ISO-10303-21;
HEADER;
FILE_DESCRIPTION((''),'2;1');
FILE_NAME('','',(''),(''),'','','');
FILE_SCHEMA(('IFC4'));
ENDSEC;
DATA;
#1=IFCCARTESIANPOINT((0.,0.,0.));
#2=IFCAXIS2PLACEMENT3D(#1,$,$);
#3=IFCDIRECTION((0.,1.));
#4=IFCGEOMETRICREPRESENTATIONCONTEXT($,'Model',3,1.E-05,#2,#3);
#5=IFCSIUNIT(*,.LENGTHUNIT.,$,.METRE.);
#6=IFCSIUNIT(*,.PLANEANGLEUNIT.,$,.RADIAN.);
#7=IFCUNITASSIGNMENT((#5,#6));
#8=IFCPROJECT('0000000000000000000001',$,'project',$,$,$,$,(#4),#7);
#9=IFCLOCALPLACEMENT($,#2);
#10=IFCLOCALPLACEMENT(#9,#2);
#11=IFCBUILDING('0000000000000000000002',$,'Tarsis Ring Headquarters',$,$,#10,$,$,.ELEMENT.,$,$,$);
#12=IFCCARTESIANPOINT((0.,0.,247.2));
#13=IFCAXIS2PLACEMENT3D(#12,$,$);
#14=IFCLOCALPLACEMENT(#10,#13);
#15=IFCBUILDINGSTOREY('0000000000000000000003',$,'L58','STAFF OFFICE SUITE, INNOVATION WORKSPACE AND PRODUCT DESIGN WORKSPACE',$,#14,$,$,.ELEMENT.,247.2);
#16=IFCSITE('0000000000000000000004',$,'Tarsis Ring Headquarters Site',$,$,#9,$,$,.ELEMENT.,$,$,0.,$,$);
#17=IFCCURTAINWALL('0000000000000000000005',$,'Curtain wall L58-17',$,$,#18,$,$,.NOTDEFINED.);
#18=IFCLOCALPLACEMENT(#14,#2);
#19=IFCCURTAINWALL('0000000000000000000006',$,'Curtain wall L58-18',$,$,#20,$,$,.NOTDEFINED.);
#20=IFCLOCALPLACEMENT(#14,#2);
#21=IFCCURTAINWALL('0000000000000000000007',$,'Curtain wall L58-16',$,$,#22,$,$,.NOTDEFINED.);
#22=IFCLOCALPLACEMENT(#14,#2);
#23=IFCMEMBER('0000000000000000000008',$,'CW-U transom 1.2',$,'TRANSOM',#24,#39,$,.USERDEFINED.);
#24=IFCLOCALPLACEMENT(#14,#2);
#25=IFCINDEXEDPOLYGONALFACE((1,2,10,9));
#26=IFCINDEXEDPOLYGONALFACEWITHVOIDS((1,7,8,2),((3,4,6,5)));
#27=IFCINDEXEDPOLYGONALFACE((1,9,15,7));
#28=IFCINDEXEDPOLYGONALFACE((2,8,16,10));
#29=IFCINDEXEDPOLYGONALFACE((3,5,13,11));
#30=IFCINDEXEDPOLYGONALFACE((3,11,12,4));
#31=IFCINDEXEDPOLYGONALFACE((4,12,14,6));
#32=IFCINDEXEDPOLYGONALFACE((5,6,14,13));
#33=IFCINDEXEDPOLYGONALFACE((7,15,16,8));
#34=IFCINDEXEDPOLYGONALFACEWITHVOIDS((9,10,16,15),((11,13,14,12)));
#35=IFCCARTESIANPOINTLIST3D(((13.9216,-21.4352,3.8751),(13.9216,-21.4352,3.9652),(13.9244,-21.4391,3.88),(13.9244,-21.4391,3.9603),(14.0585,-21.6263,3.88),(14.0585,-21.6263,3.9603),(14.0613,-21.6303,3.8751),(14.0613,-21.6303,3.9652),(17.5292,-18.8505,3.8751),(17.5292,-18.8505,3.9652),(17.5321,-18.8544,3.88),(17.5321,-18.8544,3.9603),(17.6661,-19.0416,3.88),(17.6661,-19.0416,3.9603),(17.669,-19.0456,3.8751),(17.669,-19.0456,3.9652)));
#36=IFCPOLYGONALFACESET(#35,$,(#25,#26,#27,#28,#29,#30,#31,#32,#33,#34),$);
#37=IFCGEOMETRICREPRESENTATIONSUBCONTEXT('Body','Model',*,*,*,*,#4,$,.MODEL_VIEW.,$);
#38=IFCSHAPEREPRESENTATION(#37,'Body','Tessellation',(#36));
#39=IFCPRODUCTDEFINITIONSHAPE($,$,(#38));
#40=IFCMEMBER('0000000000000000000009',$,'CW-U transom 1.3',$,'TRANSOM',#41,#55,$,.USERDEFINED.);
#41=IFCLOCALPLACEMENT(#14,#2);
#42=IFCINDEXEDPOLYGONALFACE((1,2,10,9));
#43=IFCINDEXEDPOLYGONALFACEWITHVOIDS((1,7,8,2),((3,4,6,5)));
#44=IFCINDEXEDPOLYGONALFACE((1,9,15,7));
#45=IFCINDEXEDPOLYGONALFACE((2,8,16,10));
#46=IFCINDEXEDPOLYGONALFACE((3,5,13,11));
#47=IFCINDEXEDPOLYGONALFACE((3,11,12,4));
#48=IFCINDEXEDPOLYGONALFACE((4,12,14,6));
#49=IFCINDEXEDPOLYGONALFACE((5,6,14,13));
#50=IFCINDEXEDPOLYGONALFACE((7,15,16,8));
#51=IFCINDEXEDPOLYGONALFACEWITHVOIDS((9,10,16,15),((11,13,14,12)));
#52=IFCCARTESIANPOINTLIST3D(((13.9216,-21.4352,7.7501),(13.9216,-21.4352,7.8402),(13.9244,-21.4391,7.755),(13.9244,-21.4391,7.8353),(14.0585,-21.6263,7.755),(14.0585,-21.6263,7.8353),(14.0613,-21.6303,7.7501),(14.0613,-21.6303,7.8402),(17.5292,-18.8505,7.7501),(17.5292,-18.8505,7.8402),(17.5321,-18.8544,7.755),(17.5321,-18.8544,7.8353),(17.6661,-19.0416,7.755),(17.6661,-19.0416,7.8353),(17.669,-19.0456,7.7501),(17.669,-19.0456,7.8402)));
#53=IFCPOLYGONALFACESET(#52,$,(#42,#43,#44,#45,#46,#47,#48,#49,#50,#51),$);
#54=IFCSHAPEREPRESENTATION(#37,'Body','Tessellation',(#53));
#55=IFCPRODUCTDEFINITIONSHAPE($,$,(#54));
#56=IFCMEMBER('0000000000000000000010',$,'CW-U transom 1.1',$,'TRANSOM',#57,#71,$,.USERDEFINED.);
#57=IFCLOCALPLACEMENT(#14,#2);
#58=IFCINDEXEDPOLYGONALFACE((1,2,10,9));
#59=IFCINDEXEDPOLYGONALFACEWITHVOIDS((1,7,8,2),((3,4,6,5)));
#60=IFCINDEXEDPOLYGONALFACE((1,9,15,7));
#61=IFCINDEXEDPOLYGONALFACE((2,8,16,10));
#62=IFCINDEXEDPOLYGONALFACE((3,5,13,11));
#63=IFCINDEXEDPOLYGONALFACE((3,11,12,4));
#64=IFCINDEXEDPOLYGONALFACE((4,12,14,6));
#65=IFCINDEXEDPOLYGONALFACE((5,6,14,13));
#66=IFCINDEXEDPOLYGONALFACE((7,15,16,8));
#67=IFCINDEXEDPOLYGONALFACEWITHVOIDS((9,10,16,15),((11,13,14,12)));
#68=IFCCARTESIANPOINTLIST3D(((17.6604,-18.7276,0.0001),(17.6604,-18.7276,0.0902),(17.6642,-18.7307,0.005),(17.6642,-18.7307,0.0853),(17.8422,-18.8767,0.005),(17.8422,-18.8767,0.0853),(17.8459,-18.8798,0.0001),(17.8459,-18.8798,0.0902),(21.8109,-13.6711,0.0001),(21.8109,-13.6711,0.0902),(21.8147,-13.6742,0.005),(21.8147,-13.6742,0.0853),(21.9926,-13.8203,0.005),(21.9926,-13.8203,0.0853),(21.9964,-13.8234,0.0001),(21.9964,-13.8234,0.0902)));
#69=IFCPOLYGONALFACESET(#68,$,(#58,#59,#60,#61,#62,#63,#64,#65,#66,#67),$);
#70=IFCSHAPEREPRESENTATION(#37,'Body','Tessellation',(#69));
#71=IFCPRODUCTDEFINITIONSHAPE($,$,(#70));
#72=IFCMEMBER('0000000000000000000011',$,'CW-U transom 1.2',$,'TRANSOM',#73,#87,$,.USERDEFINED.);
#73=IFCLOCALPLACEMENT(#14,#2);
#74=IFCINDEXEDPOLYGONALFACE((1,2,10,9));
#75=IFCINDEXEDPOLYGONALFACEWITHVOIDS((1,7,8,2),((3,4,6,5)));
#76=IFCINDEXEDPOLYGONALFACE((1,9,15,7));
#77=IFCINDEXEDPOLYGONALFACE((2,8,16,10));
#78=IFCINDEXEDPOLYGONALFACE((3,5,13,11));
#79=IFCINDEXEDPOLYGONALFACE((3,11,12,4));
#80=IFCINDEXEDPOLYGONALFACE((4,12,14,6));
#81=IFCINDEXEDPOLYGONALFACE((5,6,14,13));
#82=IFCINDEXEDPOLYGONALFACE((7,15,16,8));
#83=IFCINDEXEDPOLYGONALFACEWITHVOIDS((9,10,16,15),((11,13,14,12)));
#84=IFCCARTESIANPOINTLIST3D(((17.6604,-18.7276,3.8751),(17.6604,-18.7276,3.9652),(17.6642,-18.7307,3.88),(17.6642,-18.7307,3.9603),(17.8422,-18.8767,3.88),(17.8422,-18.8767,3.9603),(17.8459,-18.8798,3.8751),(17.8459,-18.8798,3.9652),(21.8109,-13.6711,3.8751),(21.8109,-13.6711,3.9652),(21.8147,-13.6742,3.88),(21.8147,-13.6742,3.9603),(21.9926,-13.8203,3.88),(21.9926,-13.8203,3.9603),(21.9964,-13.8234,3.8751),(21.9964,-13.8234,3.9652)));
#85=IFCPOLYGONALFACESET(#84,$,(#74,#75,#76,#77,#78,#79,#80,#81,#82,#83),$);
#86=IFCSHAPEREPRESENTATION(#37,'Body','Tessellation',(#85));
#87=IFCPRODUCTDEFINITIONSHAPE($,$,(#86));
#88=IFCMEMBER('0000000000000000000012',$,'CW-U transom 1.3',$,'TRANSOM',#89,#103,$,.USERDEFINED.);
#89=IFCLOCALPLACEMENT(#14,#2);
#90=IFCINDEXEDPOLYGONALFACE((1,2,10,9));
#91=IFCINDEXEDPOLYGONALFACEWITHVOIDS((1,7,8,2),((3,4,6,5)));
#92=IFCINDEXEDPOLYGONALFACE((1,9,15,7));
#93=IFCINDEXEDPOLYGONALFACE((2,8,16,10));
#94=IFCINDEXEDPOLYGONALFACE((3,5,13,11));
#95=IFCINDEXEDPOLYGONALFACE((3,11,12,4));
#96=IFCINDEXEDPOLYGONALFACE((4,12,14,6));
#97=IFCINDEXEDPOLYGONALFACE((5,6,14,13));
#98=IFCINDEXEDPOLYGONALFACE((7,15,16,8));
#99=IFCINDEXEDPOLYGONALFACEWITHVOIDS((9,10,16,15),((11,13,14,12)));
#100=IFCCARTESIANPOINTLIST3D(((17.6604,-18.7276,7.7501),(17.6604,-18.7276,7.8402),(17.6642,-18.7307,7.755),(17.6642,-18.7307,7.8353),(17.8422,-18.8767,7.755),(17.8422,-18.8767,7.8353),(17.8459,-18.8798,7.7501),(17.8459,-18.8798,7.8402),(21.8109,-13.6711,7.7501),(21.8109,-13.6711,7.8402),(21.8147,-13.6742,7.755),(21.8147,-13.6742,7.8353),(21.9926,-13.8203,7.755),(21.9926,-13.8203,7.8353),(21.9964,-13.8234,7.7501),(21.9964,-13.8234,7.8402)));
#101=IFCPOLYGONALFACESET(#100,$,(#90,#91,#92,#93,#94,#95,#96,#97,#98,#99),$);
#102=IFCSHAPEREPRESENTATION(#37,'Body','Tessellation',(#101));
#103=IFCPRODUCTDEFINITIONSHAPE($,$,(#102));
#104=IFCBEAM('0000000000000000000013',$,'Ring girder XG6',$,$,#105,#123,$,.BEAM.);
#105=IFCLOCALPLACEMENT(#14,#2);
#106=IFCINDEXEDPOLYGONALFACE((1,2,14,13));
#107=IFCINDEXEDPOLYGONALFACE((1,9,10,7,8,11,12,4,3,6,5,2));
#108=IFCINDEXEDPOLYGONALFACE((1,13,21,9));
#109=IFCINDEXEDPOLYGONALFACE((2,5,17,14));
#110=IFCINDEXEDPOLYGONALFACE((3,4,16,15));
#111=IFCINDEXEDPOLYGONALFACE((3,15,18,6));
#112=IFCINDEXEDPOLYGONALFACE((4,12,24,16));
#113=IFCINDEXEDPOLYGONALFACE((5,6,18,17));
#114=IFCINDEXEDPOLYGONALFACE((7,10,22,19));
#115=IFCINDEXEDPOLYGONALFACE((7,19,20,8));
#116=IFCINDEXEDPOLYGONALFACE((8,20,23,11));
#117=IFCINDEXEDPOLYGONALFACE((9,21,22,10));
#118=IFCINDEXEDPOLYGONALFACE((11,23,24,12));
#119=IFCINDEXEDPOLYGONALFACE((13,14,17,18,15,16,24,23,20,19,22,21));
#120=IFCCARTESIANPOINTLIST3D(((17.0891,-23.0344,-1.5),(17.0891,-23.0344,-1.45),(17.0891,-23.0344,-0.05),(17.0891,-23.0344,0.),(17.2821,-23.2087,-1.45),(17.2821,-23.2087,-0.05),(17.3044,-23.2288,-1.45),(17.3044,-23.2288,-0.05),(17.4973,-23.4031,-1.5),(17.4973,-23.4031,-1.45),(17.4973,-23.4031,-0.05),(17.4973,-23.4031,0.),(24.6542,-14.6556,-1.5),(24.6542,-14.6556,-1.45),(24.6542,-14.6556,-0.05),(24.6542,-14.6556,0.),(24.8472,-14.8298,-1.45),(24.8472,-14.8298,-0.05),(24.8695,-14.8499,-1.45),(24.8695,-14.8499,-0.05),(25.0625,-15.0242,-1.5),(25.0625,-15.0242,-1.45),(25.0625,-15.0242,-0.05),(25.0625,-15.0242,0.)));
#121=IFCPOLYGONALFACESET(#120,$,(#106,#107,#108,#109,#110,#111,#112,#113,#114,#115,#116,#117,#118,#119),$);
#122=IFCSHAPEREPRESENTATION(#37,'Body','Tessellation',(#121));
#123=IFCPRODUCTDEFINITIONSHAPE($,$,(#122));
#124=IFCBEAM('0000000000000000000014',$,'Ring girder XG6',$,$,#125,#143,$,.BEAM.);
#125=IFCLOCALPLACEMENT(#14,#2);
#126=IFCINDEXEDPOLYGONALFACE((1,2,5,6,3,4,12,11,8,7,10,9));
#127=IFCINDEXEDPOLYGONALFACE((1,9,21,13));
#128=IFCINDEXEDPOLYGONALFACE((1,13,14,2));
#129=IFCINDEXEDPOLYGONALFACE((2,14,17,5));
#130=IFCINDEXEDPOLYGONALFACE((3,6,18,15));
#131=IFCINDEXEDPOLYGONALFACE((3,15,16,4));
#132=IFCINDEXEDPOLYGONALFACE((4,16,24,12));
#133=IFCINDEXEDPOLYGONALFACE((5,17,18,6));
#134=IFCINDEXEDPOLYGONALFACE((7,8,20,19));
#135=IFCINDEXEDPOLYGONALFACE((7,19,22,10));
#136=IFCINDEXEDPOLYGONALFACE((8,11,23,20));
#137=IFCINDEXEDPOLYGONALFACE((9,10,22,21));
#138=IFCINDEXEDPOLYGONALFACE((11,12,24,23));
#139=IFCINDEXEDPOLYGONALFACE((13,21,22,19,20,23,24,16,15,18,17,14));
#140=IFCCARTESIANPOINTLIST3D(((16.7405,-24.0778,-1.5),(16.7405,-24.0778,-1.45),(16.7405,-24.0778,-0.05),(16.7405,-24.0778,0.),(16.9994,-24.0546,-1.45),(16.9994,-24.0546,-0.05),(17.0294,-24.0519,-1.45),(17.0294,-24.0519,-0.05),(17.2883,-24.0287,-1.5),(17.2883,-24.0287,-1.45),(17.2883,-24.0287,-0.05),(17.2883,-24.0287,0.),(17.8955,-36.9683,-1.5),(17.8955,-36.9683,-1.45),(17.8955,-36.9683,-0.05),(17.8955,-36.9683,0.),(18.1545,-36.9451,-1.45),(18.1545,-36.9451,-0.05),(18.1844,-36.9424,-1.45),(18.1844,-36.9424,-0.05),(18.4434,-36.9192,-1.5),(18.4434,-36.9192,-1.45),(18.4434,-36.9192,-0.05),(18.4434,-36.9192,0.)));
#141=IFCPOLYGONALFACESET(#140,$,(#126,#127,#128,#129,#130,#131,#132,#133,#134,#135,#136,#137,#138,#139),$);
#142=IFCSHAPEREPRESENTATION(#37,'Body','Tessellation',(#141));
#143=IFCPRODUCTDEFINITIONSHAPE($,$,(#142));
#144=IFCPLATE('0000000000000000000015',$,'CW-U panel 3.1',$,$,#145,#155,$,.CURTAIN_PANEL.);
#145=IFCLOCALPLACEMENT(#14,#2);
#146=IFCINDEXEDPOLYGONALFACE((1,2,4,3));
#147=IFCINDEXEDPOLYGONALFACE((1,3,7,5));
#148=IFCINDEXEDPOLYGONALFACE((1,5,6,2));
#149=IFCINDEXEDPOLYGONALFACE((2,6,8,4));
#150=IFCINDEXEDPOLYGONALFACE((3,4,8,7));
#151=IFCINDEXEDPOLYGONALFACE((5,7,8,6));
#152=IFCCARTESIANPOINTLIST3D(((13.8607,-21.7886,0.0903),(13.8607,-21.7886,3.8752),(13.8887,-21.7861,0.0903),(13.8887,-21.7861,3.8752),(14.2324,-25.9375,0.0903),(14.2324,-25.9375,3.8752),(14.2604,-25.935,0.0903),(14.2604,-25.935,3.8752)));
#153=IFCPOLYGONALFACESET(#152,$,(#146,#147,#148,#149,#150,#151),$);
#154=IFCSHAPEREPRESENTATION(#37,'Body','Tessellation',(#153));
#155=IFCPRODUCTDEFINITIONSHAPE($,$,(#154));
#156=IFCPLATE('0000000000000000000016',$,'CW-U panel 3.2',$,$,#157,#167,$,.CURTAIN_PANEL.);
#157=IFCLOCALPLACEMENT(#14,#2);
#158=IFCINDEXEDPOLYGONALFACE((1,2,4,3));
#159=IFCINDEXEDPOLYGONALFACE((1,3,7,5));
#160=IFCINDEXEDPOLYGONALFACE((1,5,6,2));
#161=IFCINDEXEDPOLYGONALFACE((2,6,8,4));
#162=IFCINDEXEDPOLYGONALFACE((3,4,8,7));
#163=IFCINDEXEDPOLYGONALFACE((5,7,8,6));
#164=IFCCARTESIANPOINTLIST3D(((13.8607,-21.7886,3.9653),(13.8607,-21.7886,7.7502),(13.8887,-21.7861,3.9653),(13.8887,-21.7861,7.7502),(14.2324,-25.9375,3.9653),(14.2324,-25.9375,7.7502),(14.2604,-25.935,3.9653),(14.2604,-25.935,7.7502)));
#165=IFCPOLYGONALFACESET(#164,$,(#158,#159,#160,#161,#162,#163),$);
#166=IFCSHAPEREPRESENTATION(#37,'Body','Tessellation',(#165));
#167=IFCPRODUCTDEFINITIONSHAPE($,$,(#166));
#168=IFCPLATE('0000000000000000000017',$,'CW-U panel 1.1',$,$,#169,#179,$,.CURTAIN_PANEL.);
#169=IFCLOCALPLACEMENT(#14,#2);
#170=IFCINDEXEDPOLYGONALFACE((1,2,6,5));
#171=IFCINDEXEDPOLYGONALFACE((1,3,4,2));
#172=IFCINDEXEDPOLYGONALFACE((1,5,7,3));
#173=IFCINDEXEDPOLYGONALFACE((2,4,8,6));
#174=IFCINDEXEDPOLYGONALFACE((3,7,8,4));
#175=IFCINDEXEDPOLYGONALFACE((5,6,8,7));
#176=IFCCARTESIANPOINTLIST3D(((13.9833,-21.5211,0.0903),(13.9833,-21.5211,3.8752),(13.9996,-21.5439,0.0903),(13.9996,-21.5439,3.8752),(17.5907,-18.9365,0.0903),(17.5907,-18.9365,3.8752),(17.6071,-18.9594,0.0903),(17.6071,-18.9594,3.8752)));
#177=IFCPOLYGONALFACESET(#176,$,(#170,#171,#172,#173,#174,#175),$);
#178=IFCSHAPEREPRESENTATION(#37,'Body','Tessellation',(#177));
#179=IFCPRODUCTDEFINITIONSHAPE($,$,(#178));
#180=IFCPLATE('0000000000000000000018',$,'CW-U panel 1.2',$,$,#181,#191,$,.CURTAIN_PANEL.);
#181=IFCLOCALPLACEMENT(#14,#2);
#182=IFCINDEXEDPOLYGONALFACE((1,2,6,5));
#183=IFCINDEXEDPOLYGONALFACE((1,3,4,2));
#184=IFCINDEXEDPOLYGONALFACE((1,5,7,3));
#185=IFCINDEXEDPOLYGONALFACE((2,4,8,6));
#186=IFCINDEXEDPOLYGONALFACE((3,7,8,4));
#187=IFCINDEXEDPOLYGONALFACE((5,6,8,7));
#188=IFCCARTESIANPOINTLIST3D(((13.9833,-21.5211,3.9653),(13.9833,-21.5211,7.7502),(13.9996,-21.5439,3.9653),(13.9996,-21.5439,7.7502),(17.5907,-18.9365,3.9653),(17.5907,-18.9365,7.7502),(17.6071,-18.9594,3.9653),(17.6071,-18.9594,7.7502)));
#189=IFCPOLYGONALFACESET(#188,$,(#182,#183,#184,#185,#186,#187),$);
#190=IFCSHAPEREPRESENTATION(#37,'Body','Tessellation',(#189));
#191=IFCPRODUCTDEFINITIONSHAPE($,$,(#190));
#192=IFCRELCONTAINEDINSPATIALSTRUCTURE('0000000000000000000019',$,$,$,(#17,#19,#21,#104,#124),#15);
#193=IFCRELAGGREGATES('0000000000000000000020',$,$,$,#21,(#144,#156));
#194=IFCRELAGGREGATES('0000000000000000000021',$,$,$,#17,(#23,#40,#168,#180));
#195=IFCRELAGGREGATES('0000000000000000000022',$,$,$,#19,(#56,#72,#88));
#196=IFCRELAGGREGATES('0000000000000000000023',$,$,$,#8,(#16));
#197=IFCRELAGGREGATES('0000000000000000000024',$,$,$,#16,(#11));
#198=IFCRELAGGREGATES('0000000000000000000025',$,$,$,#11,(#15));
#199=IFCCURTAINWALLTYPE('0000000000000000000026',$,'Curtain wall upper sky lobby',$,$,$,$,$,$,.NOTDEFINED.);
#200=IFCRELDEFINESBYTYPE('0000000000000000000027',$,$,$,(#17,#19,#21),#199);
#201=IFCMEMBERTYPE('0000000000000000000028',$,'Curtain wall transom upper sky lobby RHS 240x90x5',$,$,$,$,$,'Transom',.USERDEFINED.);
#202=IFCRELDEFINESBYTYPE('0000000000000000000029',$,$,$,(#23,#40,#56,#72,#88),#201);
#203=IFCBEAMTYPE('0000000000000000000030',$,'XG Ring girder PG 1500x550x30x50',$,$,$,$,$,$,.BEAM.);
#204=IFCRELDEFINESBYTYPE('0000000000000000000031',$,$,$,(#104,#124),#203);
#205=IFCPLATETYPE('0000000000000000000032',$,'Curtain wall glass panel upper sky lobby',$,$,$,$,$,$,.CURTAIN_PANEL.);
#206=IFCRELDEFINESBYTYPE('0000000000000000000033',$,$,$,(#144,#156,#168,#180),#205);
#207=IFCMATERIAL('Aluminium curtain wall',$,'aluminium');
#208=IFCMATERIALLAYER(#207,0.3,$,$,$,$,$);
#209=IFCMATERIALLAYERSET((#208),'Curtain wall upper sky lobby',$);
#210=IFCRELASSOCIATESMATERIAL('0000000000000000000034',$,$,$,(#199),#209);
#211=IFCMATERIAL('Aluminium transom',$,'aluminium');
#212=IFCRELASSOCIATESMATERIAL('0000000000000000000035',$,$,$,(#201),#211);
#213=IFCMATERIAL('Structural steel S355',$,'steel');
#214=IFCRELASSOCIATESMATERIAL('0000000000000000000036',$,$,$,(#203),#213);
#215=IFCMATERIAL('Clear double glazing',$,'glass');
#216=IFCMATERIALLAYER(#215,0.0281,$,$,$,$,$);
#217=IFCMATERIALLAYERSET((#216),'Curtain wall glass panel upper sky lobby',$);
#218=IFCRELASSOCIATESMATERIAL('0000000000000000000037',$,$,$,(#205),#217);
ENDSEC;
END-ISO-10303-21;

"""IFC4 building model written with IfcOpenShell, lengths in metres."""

from ifc_helpers import new_model, si_unit, direction, frame, origin, origin_2d, place, context, subcontext, project, spatial, rectangle, hollow_rectangle, i_section, extrude, material, layer, layer_set, material_profile, profile_set, type_object, element, aggregate, save


model = new_model("IFC4")

# Units and contexts
model_context = context("Model", 3, precision=1e-05, world=origin(), true_north=direction((0.0, 1.0)))
body_context = subcontext(model_context, "Body", "Model", "MODEL_VIEW")
ifc_project = project(units=[si_unit("LENGTHUNIT", "METRE"), si_unit("PLANEANGLEUNIT", "RADIAN")], contexts=[model_context])

# Site, building, storey
site_placement = place(None, origin())
site = spatial("IfcSite", under=ifc_project, at=site_placement, Name="Tarsis Ring Headquarters Site", CompositionType="ELEMENT", RefElevation=0.0)
building_placement = place(site_placement, origin())
building = spatial("IfcBuilding", under=site, at=building_placement, Name="Tarsis Ring Headquarters", CompositionType="ELEMENT")
storey_placement = place(building_placement, frame((0.0, 0.0, 247.2)))
storey = spatial("IfcBuildingStorey", under=building, at=storey_placement, Name="L58", Description="STAFF OFFICE SUITE, INNOVATION WORKSPACE AND PRODUCT DESIGN WORKSPACE", CompositionType="ELEMENT", Elevation=247.2)

# Shared definitions
ifc_material_1 = material(Name="Structural steel S355", Category="steel")

# Curtain walls
ifc_material_2 = material(Name="Aluminium curtain wall", Category="aluminium")
ifc_layer_1 = layer(ifc_material_2, 0.3)
ifc_layer_set_1 = layer_set([ifc_layer_1], Name="Curtain wall upper sky lobby")
curtain_wall_type = type_object("IfcCurtainWallType", Name="Curtain wall upper sky lobby", PredefinedType="NOTDEFINED", material=ifc_layer_set_1)
curtain_wall_1_placement = place(storey_placement, origin())
curtain_wall_1 = element("IfcCurtainWall", 1, at=curtain_wall_1_placement, inside=storey, type_object=curtain_wall_type, Name="Curtain wall L58-17", PredefinedType="NOTDEFINED")
curtain_wall_2_placement = place(storey_placement, origin())
curtain_wall_2 = element("IfcCurtainWall", 2, at=curtain_wall_2_placement, inside=storey, type_object=curtain_wall_type, Name="Curtain wall L58-18", PredefinedType="NOTDEFINED")

# Curtain wall
curtain_wall_3_placement = place(storey_placement, origin())
curtain_wall_3 = element("IfcCurtainWall", 3, at=curtain_wall_3_placement, inside=storey, type_object=curtain_wall_type, Name="Curtain wall L58-16", PredefinedType="NOTDEFINED")
ifc_material_3 = material(Name="Aluminium transom", Category="aluminium")
ifc_material_profile_1 = material_profile(ifc_material_3, hollow_rectangle(XDim=0.24, YDim=0.0901, WallThickness=0.0049, at=origin_2d()), Name="RHS 240x90x5")
ifc_profile_set_1 = profile_set([ifc_material_profile_1], Name="Aluminium transom")
member_type_1 = type_object("IfcMemberType", Name="Curtain wall transom upper sky lobby RHS 240x90x5", ElementType="Transom", PredefinedType="USERDEFINED", material=ifc_profile_set_1)

# Members
member_1_placement = place(storey_placement, frame((13.9915, -21.5327, 3.9202), z_axis=(0.8129, 0.582403, 0.0), x_axis=(-0.582403, 0.8129, 0.0)))
member_1 = element("IfcMember", 4, at=member_1_placement, type_object=member_type_1, Name="CW-U transom 1.2", ObjectType="TRANSOM", PredefinedType="USERDEFINED", context=body_context, shape_type="SweptSolid", body=[
    extrude(hollow_rectangle(XDim=0.24, YDim=0.0901, WallThickness=0.0049, at=origin_2d()), origin(), (0.0, 0.0, 1.0), 4.438),
])
member_2_placement = place(storey_placement, frame((13.9915, -21.5327, 7.7952), z_axis=(0.8129, 0.582403, 0.0), x_axis=(-0.582403, 0.8129, 0.0)))
member_2 = element("IfcMember", 5, at=member_2_placement, type_object=member_type_1, Name="CW-U transom 1.3", ObjectType="TRANSOM", PredefinedType="USERDEFINED", context=body_context, shape_type="SweptSolid", body=[
    extrude(hollow_rectangle(XDim=0.24, YDim=0.0901, WallThickness=0.0049, at=origin_2d()), origin(), (0.0, 0.0, 1.0), 4.438),
])
member_3_placement = place(storey_placement, frame((17.7532, -18.8037, 0.0452), z_axis=(0.634458, 0.772957, 0.0), x_axis=(-0.772957, 0.634458, 0.0)))
member_3 = element("IfcMember", 6, at=member_3_placement, type_object=member_type_1, Name="CW-U transom 1.1", ObjectType="TRANSOM", PredefinedType="USERDEFINED", context=body_context, shape_type="SweptSolid", body=[
    extrude(hollow_rectangle(XDim=0.24, YDim=0.0901, WallThickness=0.0049, at=origin_2d()), origin(), (0.0, 0.0, 1.0), 6.5417),
])
member_4_placement = place(storey_placement, frame((17.7532, -18.8037, 3.9202), z_axis=(0.634458, 0.772957, 0.0), x_axis=(-0.772957, 0.634458, 0.0)))
member_4 = element("IfcMember", 7, at=member_4_placement, type_object=member_type_1, Name="CW-U transom 1.2", ObjectType="TRANSOM", PredefinedType="USERDEFINED", context=body_context, shape_type="SweptSolid", body=[
    extrude(hollow_rectangle(XDim=0.24, YDim=0.0901, WallThickness=0.0049, at=origin_2d()), origin(), (0.0, 0.0, 1.0), 6.5417),
])
member_5_placement = place(storey_placement, frame((17.7532, -18.8037, 7.7952), z_axis=(0.634458, 0.772957, 0.0), x_axis=(-0.772957, 0.634458, 0.0)))
member_5 = element("IfcMember", 8, at=member_5_placement, type_object=member_type_1, Name="CW-U transom 1.3", ObjectType="TRANSOM", PredefinedType="USERDEFINED", context=body_context, shape_type="SweptSolid", body=[
    extrude(hollow_rectangle(XDim=0.24, YDim=0.0901, WallThickness=0.0049, at=origin_2d()), origin(), (0.0, 0.0, 1.0), 6.5417),
])

# Beams
ifc_material_profile_2 = material_profile(ifc_material_1, i_section(OverallWidth=0.55, OverallDepth=1.5, WebThickness=0.03, FlangeThickness=0.05, at=origin_2d()), Name="PG 1500x550x30x50")
ifc_profile_set_2 = profile_set([ifc_material_profile_2], Name="Structural steel S355")
beam_type = type_object("IfcBeamType", Name="XG Ring girder PG 1500x550x30x50", PredefinedType="BEAM", material=ifc_profile_set_2)
beam_1_placement = place(storey_placement, frame((17.2932, -23.2188, -0.75), z_axis=(0.670147, 0.742229, 0.0), x_axis=(-0.742229, 0.670147, 0.0)))
element("IfcBeam", 9, at=beam_1_placement, inside=storey, type_object=beam_type, Name="Ring girder XG6", PredefinedType="BEAM", context=body_context, shape_type="SweptSolid", body=[
    extrude(i_section(OverallWidth=0.55, OverallDepth=1.5, WebThickness=0.03, FlangeThickness=0.05, at=origin_2d()), origin(), (0.0, 0.0, 1.0), 11.2888),
])
beam_2_placement = place(storey_placement, frame((17.0144, -24.0532, -0.75), z_axis=(0.089246, -0.99601, 0.0), x_axis=(0.99601, 0.089246, 0.0)))
element("IfcBeam", 10, at=beam_2_placement, inside=storey, type_object=beam_type, Name="Ring girder XG6", PredefinedType="BEAM", context=body_context, shape_type="SweptSolid", body=[
    extrude(i_section(OverallWidth=0.55, OverallDepth=1.5, WebThickness=0.03, FlangeThickness=0.05, at=origin_2d()), origin(), (0.0, 0.0, 1.0), 12.9421),
])

# Plates
ifc_material_4 = material(Name="Clear double glazing", Category="glass")
ifc_layer_2 = layer(ifc_material_4, 0.0281)
ifc_layer_set_2 = layer_set([ifc_layer_2], Name="Curtain wall glass panel upper sky lobby")
plate_type = type_object("IfcPlateType", Name="Curtain wall glass panel upper sky lobby", PredefinedType="CURTAIN_PANEL", material=ifc_layer_set_2)
plate_1_placement = place(storey_placement, frame((14.0605, -23.8618, 0.0903), z_axis=(0.0, 0.0, 1.0), x_axis=(-0.089242, 0.99601, 0.0)))
plate_1 = element("IfcPlate", 11, at=plate_1_placement, type_object=plate_type, Name="CW-U panel 3.1", PredefinedType="CURTAIN_PANEL", context=body_context, shape_type="SweptSolid", body=[
    extrude(rectangle(XDim=4.1655, YDim=0.0281, at=origin_2d()), origin(), (0.0, 0.0, 1.0), 3.7849),
])
plate_2_placement = place(storey_placement, frame((14.0605, -23.8618, 3.9653), z_axis=(0.0, 0.0, 1.0), x_axis=(-0.089242, 0.99601, 0.0)))
plate_2 = element("IfcPlate", 12, at=plate_2_placement, type_object=plate_type, Name="CW-U panel 3.2", PredefinedType="CURTAIN_PANEL", context=body_context, shape_type="SweptSolid", body=[
    extrude(rectangle(XDim=4.1655, YDim=0.0281, at=origin_2d()), origin(), (0.0, 0.0, 1.0), 3.7849),
])
aggregate(curtain_wall_3, [plate_1, plate_2])
plate_3_placement = place(storey_placement, frame((15.7952, -20.2402, 0.0903), z_axis=(0.0, 0.0, 1.0), x_axis=(0.812898, 0.582407, 0.0)))
plate_3 = element("IfcPlate", 13, at=plate_3_placement, type_object=plate_type, Name="CW-U panel 1.1", PredefinedType="CURTAIN_PANEL", context=body_context, shape_type="SweptSolid", body=[
    extrude(rectangle(XDim=4.4377, YDim=0.0281, at=origin_2d()), origin(), (0.0, 0.0, 1.0), 3.7849),
])
plate_4_placement = place(storey_placement, frame((15.7952, -20.2402, 3.9653), z_axis=(0.0, 0.0, 1.0), x_axis=(0.812898, 0.582407, 0.0)))
plate_4 = element("IfcPlate", 14, at=plate_4_placement, type_object=plate_type, Name="CW-U panel 1.2", PredefinedType="CURTAIN_PANEL", context=body_context, shape_type="SweptSolid", body=[
    extrude(rectangle(XDim=4.4377, YDim=0.0281, at=origin_2d()), origin(), (0.0, 0.0, 1.0), 3.7849),
])
aggregate(curtain_wall_1, [member_1, member_2, plate_3, plate_4])
aggregate(curtain_wall_2, [member_3, member_4, member_5])

save(model, "model.ifc")
